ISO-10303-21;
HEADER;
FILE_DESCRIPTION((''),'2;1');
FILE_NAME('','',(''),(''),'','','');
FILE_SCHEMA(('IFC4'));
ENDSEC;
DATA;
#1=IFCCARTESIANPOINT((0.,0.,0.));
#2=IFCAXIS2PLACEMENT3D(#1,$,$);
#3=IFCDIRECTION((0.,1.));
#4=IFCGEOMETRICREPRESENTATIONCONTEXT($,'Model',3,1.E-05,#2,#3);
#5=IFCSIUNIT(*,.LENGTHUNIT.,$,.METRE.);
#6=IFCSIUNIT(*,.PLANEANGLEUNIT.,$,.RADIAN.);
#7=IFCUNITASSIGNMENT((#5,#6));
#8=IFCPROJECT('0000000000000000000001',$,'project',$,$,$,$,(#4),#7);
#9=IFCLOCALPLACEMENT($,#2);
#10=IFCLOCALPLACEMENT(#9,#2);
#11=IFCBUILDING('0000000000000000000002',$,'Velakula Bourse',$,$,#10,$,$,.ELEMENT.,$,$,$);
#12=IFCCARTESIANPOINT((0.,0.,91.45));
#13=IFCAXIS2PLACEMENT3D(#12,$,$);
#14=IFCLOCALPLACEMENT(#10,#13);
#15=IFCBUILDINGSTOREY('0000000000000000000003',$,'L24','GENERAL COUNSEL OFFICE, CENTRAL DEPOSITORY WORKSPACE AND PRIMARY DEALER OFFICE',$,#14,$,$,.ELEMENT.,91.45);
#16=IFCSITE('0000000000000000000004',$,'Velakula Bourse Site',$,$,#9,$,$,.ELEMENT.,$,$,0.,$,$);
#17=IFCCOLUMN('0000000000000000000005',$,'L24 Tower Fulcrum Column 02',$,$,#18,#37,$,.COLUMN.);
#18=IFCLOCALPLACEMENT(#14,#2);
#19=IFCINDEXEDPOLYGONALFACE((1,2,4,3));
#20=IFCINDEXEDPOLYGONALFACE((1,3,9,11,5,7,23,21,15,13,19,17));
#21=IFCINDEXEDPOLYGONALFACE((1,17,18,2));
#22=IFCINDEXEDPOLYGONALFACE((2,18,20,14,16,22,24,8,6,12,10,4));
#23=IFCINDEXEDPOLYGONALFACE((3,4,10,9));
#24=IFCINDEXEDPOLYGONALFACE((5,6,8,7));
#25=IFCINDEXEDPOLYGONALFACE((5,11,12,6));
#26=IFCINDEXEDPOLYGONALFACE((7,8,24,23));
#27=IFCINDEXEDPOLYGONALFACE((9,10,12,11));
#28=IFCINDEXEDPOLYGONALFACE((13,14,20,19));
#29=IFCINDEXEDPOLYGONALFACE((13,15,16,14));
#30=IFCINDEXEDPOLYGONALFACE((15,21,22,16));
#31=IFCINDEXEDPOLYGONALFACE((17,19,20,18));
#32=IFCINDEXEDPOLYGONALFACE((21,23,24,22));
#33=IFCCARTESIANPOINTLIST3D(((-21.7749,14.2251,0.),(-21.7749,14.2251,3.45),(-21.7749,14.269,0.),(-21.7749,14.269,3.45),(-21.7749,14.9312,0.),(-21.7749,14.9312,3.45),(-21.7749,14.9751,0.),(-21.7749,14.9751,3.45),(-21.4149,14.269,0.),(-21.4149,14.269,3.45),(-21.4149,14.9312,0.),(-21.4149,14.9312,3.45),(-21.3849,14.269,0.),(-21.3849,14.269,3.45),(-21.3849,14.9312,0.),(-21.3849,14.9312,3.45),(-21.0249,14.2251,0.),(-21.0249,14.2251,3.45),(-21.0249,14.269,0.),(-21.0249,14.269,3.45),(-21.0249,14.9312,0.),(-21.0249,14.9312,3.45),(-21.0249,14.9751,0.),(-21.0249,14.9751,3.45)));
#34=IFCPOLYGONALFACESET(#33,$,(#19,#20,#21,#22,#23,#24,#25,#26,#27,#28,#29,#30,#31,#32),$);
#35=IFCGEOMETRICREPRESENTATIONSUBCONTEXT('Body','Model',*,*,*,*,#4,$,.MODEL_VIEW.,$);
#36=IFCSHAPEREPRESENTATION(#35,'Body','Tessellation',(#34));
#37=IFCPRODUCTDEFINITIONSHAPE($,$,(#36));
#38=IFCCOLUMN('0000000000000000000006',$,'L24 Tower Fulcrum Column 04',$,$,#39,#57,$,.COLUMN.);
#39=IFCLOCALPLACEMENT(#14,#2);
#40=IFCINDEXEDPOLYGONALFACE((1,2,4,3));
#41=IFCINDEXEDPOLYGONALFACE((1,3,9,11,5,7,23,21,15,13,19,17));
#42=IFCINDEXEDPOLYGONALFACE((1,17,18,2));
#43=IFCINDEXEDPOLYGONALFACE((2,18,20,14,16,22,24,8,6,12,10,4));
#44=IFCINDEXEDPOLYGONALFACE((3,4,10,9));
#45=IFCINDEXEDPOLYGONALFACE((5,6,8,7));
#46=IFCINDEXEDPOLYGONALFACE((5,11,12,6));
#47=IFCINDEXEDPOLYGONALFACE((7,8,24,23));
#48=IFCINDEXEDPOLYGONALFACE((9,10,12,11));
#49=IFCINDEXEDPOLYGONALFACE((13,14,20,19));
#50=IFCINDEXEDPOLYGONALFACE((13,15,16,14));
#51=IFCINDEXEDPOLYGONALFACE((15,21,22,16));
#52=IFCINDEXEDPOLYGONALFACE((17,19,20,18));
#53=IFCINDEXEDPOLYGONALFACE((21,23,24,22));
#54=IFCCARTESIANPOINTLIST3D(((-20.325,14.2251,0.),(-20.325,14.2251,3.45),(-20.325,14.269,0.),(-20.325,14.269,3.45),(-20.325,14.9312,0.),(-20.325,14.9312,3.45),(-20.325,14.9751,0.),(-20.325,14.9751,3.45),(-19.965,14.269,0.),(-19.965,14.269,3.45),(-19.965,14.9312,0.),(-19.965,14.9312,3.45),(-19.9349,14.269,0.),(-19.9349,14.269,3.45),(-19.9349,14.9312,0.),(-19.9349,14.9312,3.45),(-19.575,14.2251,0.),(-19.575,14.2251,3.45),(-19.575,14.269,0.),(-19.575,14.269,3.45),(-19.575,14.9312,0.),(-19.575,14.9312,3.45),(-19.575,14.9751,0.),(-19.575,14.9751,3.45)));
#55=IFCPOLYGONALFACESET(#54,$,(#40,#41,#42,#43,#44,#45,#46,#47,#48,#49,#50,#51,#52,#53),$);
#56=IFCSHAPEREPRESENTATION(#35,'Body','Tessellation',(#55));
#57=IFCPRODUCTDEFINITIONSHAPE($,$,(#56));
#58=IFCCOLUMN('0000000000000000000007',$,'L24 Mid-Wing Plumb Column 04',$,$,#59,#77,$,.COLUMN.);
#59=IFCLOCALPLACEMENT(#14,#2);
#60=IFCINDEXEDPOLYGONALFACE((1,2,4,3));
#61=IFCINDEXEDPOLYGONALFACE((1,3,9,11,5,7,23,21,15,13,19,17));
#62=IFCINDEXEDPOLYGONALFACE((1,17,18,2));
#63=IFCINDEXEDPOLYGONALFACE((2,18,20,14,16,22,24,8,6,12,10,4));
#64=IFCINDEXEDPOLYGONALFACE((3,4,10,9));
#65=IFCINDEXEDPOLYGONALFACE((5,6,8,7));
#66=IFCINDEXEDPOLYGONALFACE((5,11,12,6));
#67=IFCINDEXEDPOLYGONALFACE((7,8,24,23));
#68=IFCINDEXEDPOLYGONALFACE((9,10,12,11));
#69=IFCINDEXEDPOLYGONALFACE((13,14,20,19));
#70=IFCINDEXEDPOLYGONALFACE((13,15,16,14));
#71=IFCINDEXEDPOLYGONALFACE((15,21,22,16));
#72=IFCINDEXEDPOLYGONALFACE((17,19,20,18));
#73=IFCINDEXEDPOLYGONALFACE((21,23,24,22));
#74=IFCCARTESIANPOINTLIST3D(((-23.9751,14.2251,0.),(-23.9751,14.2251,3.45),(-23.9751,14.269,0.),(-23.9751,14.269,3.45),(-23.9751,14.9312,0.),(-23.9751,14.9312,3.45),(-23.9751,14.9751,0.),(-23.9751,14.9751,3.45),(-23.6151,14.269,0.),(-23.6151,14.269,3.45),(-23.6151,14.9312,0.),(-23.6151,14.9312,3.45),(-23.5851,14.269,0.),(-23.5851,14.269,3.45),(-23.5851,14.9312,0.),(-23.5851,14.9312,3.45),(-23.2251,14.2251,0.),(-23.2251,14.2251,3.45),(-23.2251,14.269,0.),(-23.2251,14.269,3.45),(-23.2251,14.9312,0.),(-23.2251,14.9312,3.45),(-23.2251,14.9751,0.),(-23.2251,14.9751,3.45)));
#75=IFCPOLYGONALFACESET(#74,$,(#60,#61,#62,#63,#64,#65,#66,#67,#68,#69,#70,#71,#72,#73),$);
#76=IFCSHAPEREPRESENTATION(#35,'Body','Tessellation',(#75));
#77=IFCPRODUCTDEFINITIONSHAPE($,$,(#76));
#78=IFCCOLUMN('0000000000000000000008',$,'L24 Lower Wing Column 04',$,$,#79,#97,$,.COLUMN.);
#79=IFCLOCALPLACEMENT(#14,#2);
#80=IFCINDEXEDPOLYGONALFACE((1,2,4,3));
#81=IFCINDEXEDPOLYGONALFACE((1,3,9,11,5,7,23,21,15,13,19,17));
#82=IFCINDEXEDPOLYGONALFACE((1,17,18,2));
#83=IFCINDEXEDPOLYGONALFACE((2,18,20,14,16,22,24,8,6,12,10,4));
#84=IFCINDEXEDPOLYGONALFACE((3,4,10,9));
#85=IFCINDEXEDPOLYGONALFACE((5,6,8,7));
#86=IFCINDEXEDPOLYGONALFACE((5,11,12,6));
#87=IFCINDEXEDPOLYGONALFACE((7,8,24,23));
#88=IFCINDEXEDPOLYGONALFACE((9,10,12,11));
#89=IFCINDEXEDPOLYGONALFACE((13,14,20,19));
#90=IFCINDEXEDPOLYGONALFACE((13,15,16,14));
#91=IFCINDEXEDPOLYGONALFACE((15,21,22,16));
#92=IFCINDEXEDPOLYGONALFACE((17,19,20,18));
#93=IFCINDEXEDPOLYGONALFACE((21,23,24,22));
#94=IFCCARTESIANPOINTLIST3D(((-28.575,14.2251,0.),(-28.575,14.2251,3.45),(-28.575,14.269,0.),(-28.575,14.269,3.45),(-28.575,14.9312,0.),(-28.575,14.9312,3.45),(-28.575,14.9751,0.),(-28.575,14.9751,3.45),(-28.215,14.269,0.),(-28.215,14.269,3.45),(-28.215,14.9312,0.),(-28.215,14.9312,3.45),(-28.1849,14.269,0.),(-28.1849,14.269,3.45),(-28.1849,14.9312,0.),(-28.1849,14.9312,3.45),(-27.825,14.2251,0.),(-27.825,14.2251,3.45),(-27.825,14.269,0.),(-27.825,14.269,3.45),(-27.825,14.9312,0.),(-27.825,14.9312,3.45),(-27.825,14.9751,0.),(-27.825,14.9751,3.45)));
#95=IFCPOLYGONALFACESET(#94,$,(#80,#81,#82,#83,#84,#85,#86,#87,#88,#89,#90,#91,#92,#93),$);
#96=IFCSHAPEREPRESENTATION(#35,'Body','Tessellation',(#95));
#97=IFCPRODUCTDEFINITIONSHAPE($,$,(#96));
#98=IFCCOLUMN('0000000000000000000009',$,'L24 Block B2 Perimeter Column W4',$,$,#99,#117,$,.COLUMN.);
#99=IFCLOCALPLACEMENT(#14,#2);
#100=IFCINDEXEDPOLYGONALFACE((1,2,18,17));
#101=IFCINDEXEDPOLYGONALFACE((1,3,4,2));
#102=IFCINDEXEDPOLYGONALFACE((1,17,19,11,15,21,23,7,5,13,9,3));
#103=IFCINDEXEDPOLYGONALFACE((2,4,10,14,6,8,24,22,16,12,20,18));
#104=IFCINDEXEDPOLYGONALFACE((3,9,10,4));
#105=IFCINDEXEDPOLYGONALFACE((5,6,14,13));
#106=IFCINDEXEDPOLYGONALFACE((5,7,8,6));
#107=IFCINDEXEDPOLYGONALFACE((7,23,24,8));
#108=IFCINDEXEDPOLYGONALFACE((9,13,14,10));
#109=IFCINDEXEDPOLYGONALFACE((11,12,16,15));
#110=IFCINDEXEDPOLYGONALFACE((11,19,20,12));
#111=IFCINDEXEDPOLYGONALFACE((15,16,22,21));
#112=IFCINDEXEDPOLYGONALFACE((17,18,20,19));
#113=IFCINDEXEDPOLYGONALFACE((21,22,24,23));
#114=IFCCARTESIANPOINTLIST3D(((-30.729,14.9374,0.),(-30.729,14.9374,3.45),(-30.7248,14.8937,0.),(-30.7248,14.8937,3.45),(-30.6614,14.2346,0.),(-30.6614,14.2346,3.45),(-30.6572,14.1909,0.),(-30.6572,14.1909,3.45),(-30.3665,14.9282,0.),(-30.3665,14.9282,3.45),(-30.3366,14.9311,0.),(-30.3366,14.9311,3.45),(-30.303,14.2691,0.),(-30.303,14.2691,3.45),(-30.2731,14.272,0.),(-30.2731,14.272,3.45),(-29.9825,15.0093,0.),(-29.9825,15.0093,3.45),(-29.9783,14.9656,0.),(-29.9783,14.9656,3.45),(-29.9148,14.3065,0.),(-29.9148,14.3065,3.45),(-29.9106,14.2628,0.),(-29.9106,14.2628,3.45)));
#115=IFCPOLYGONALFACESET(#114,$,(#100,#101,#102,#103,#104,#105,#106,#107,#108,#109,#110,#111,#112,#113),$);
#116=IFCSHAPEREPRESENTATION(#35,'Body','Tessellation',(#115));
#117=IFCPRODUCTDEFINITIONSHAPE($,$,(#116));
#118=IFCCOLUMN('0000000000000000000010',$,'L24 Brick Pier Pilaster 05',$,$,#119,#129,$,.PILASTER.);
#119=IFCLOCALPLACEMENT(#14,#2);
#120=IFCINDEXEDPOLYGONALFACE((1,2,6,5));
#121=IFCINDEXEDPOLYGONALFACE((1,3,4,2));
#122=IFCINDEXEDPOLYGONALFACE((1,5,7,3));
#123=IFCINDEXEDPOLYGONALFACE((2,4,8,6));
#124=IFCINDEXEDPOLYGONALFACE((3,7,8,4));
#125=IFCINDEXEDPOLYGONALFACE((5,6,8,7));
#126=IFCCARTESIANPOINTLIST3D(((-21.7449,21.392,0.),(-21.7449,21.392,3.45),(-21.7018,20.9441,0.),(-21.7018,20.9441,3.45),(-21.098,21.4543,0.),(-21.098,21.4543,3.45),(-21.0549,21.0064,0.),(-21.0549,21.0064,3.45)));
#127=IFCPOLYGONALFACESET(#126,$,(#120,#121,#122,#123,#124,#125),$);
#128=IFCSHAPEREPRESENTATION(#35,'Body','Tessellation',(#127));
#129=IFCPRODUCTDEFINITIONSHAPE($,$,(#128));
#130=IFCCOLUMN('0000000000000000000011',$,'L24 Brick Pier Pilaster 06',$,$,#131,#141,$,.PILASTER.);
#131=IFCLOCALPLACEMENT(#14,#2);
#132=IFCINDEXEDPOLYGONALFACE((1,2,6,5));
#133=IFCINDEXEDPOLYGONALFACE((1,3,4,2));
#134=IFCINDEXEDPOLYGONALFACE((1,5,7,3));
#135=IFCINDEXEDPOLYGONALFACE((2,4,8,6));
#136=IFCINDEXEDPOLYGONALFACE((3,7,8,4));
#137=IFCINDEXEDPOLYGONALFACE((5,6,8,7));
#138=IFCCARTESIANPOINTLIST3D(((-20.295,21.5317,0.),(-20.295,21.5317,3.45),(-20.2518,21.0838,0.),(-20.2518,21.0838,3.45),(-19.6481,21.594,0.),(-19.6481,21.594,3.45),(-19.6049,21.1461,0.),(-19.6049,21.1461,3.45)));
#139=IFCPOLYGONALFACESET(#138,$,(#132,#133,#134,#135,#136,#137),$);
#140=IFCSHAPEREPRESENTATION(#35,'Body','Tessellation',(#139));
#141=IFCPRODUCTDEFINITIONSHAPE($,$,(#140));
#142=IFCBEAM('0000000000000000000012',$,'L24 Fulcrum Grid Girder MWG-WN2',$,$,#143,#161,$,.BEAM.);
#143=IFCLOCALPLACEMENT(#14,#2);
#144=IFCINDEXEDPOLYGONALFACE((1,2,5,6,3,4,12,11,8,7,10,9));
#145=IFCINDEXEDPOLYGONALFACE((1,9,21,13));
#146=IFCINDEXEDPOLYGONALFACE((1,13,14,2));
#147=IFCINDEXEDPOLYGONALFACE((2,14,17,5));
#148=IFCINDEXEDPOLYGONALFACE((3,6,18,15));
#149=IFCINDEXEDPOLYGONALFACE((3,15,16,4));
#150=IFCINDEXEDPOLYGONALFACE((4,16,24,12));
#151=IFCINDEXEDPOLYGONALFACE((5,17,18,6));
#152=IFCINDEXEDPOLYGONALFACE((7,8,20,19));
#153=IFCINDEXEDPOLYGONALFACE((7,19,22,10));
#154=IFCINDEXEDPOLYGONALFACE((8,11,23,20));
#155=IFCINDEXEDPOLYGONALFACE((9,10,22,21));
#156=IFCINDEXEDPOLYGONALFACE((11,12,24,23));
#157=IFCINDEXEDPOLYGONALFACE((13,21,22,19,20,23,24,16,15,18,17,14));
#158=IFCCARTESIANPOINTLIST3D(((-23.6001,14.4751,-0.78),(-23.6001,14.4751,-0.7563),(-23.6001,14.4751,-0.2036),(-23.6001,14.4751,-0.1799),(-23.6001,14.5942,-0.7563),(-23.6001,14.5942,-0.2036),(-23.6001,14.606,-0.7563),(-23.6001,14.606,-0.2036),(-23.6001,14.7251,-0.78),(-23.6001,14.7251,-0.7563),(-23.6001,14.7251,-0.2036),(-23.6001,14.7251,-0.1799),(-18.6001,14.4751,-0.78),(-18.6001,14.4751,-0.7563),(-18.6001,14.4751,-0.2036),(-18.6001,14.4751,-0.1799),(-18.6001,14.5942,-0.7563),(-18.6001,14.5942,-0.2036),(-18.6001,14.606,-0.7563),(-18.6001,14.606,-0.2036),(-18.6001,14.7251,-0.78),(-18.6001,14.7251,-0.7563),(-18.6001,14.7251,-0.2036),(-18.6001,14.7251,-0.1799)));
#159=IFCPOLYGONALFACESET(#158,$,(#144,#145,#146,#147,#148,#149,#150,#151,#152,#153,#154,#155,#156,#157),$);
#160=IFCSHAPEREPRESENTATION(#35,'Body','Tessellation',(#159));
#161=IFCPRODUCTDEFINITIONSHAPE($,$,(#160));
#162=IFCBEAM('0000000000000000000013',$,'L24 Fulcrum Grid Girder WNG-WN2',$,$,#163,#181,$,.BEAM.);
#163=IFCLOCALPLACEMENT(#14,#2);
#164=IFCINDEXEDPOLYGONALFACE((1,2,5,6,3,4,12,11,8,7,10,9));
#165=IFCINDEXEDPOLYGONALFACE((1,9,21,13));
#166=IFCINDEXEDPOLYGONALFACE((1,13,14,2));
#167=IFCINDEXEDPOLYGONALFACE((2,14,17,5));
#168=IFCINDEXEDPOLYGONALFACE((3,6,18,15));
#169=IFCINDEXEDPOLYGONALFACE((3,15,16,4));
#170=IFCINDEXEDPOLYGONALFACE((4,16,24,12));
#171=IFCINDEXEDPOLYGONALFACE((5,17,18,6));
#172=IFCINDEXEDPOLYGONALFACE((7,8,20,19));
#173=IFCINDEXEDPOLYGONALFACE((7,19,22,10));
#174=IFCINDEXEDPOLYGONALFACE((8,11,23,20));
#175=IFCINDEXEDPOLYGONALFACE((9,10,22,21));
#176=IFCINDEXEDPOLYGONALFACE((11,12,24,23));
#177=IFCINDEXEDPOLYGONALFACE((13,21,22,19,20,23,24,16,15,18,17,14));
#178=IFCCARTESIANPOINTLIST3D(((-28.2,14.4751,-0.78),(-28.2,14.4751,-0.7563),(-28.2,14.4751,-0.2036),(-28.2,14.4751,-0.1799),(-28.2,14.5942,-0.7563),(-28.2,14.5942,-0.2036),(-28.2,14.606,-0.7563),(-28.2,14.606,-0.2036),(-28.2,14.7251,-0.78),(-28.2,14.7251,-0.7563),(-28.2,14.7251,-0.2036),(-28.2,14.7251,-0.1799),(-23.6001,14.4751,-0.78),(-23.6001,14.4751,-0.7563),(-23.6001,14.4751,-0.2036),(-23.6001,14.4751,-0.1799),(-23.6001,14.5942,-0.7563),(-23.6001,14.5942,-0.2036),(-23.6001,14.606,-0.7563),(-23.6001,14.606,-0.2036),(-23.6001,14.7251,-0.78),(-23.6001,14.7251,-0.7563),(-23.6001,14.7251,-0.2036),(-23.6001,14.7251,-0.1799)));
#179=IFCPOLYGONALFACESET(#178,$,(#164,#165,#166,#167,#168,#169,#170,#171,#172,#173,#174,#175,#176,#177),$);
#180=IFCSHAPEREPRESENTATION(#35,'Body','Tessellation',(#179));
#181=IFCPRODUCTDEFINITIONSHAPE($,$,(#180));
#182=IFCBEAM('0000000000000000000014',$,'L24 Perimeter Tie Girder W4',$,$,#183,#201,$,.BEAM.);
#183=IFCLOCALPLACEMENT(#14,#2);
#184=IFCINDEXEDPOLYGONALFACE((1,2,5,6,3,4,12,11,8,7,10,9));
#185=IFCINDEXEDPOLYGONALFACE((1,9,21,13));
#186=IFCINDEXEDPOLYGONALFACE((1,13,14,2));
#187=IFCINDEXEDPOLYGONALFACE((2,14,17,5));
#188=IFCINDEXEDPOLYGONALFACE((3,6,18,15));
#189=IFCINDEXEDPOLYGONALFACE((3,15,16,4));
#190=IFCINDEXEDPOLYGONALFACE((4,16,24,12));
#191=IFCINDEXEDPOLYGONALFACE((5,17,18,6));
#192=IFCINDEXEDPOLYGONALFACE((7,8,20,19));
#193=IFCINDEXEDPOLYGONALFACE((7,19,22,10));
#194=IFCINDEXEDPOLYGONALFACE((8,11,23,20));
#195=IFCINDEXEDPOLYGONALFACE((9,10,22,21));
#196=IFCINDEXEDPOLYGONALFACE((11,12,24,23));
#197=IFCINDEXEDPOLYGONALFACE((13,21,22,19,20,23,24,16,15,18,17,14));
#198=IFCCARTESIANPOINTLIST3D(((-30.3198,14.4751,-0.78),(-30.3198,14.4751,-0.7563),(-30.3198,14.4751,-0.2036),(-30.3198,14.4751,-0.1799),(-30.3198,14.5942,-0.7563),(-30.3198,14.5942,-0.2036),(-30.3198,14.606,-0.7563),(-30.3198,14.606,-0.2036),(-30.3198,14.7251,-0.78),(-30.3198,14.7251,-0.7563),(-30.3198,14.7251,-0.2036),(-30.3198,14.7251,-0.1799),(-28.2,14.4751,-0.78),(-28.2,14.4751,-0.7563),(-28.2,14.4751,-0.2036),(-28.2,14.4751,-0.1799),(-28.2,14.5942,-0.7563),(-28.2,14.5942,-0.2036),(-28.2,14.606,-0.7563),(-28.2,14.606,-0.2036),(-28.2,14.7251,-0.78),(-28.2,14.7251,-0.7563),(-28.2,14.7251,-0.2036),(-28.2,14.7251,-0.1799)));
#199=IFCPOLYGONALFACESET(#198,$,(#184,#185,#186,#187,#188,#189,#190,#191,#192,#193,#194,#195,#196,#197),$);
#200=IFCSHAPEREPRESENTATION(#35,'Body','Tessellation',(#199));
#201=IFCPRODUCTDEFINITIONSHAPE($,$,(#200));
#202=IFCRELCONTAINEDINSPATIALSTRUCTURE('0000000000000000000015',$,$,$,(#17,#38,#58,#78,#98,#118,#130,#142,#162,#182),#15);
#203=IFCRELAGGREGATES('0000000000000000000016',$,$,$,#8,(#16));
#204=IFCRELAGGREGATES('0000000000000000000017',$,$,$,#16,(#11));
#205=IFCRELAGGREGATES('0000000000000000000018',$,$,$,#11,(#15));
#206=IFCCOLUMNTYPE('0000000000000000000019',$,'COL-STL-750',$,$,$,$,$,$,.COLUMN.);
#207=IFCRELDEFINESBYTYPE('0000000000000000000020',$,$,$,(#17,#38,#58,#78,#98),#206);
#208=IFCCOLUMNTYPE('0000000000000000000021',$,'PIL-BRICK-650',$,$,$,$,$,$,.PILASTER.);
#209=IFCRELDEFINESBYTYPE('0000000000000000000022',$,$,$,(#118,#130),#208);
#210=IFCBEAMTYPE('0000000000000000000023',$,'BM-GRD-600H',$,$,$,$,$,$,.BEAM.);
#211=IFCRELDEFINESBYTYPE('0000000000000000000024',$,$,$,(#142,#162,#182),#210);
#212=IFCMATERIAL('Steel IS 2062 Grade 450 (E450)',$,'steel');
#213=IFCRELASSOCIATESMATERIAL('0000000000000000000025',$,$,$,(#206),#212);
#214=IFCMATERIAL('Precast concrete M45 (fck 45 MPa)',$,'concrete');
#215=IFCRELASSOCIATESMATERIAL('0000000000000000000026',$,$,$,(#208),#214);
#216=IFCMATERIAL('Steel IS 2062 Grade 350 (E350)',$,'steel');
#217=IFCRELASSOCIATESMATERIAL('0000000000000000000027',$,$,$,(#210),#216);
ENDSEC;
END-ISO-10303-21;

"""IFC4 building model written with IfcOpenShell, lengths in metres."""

from ifc_helpers import new_model, si_unit, direction, frame, origin, origin_2d, place, context, subcontext, project, spatial, rectangle, i_section, extrude, material, material_profile, profile_set, type_object, element, save


model = new_model("IFC4")

# Units and contexts
model_context = context("Model", 3, precision=1e-05, world=origin(), true_north=direction((0.0, 1.0)))
body_context = subcontext(model_context, "Body", "Model", "MODEL_VIEW")
ifc_project = project(units=[si_unit("LENGTHUNIT", "METRE"), si_unit("PLANEANGLEUNIT", "RADIAN")], contexts=[model_context])

# Site, building, storey
site_placement = place(None, origin())
site = spatial("IfcSite", under=ifc_project, at=site_placement, Name="Velakula Bourse Site", CompositionType="ELEMENT", RefElevation=0.0)
building_placement = place(site_placement, origin())
building = spatial("IfcBuilding", under=site, at=building_placement, Name="Velakula Bourse", CompositionType="ELEMENT")
storey_placement = place(building_placement, frame((0.0, 0.0, 91.45)))
storey = spatial("IfcBuildingStorey", under=building, at=storey_placement, Name="L24", Description="GENERAL COUNSEL OFFICE, CENTRAL DEPOSITORY WORKSPACE AND PRIMARY DEALER OFFICE", CompositionType="ELEMENT", Elevation=91.45)

# Columns
ifc_material_1 = material(Name="Steel IS 2062 Grade 450 (E450)", Category="steel")
ifc_material_profile_1 = material_profile(ifc_material_1, i_section(OverallWidth=0.75, OverallDepth=0.75, WebThickness=0.03, FlangeThickness=0.0439, at=origin_2d()), Name="Steel IS 2062 Grade 450 (E450)")
ifc_profile_set_1 = profile_set([ifc_material_profile_1], Name="Steel IS 2062 Grade 450 (E450)")
column_type_1 = type_object("IfcColumnType", Name="COL-STL-750", PredefinedType="COLUMN", material=ifc_profile_set_1)
for number, where, z_axis, x_axis, name in (
    (1, (-21.3999, 14.6001, 0.0), (0.0, 0.0, 1.0), (1.0, 0.0, 0.0), "L24 Tower Fulcrum Column 02"),
    (2, (-19.95, 14.6001, 0.0), (0.0, 0.0, 1.0), (1.0, 0.0, 0.0), "L24 Tower Fulcrum Column 04"),
    (3, (-23.6001, 14.6001, 0.0), (0.0, 0.0, 1.0), (1.0, 0.0, 0.0), "L24 Mid-Wing Plumb Column 04"),
    (4, (-28.2, 14.6001, 0.0), (0.0, 0.0, 1.0), (1.0, 0.0, 0.0), "L24 Lower Wing Column 04"),
    (5, (-30.3198, 14.6001, 0.0), (0.0, 0.0, 1.0), (0.995396, 0.095846, 0.0), "L24 Block B2 Perimeter Column W4"),
):
    element("IfcColumn", number, at=place(storey_placement, frame(where, z_axis=z_axis, x_axis=x_axis)), inside=storey, type_object=column_type_1, Name=name, PredefinedType="COLUMN", context=body_context, shape_type="SweptSolid", body=[
        extrude(i_section(OverallWidth=0.75, OverallDepth=0.75, WebThickness=0.03, FlangeThickness=0.0439, at=origin_2d()), origin(), (0.0, 0.0, 1.0), 3.45),
    ])
ifc_material_2 = material(Name="Precast concrete M45 (fck 45 MPa)", Category="concrete")
ifc_material_profile_2 = material_profile(ifc_material_2, rectangle(XDim=0.6499, YDim=0.45, at=origin_2d()), Name="Precast concrete M45 (fck 45 MPa)")
ifc_profile_set_2 = profile_set([ifc_material_profile_2], Name="Precast concrete M45 (fck 45 MPa)")
column_type_2 = type_object("IfcColumnType", Name="PIL-BRICK-650", PredefinedType="PILASTER", material=ifc_profile_set_2)
for number, where, z_axis, x_axis, name in (
    (6, (-21.3999, 21.1992, 0.0), (0.0, 0.0, 1.0), (0.995396, 0.095846, 0.0), "L24 Brick Pier Pilaster 05"),
    (7, (-19.95, 21.3389, 0.0), (0.0, 0.0, 1.0), (0.995396, 0.095846, 0.0), "L24 Brick Pier Pilaster 06"),
):
    element("IfcColumn", number, at=place(storey_placement, frame(where, z_axis=z_axis, x_axis=x_axis)), inside=storey, type_object=column_type_2, Name=name, PredefinedType="PILASTER", context=body_context, shape_type="SweptSolid", body=[
        extrude(rectangle(XDim=0.6499, YDim=0.45, at=origin_2d()), origin(), (0.0, 0.0, 1.0), 3.45),
    ])

# Beams
ifc_material_3 = material(Name="Steel IS 2062 Grade 350 (E350)", Category="steel")
ifc_material_profile_3 = material_profile(ifc_material_3, i_section(OverallWidth=0.25, OverallDepth=0.6001, WebThickness=0.0117, FlangeThickness=0.0237, at=origin_2d()), Name="Steel IS 2062 Grade 350 (E350)")
ifc_profile_set_3 = profile_set([ifc_material_profile_3], Name="Steel IS 2062 Grade 350 (E350)")
beam_type_1 = type_object("IfcBeamType", Name="BM-GRD-600H", PredefinedType="BEAM", material=ifc_profile_set_3)
beam_1_placement = place(storey_placement, frame((-23.6001, 14.6001, -0.48), z_axis=(1.0, 0.0, 0.0), x_axis=(0.0, 1.0, 0.0)))
element("IfcBeam", 8, at=beam_1_placement, inside=storey, type_object=beam_type_1, Name="L24 Fulcrum Grid Girder MWG-WN2", PredefinedType="BEAM", context=body_context, shape_type="SweptSolid", body=[
    extrude(i_section(OverallWidth=0.25, OverallDepth=0.6001, WebThickness=0.0117, FlangeThickness=0.0237, at=origin_2d()), origin(), (0.0, 0.0, 1.0), 5.0),
])
beam_2_placement = place(storey_placement, frame((-28.2, 14.6001, -0.48), z_axis=(1.0, 0.0, 0.0), x_axis=(0.0, 1.0, 0.0)))
element("IfcBeam", 9, at=beam_2_placement, inside=storey, type_object=beam_type_1, Name="L24 Fulcrum Grid Girder WNG-WN2", PredefinedType="BEAM", context=body_context, shape_type="SweptSolid", body=[
    extrude(i_section(OverallWidth=0.25, OverallDepth=0.6001, WebThickness=0.0117, FlangeThickness=0.0237, at=origin_2d()), origin(), (0.0, 0.0, 1.0), 4.5999),
])
beam_3_placement = place(storey_placement, frame((-28.2, 14.6001, -0.48), z_axis=(-1.0, 0.0, 0.0), x_axis=(0.0, -1.0, 0.0)))
element("IfcBeam", 10, at=beam_3_placement, inside=storey, type_object=beam_type_1, Name="L24 Perimeter Tie Girder W4", PredefinedType="BEAM", context=body_context, shape_type="SweptSolid", body=[
    extrude(i_section(OverallWidth=0.25, OverallDepth=0.6001, WebThickness=0.0117, FlangeThickness=0.0237, at=origin_2d()), origin(), (0.0, 0.0, 1.0), 2.1199),
])

save(model, "model.ifc")
